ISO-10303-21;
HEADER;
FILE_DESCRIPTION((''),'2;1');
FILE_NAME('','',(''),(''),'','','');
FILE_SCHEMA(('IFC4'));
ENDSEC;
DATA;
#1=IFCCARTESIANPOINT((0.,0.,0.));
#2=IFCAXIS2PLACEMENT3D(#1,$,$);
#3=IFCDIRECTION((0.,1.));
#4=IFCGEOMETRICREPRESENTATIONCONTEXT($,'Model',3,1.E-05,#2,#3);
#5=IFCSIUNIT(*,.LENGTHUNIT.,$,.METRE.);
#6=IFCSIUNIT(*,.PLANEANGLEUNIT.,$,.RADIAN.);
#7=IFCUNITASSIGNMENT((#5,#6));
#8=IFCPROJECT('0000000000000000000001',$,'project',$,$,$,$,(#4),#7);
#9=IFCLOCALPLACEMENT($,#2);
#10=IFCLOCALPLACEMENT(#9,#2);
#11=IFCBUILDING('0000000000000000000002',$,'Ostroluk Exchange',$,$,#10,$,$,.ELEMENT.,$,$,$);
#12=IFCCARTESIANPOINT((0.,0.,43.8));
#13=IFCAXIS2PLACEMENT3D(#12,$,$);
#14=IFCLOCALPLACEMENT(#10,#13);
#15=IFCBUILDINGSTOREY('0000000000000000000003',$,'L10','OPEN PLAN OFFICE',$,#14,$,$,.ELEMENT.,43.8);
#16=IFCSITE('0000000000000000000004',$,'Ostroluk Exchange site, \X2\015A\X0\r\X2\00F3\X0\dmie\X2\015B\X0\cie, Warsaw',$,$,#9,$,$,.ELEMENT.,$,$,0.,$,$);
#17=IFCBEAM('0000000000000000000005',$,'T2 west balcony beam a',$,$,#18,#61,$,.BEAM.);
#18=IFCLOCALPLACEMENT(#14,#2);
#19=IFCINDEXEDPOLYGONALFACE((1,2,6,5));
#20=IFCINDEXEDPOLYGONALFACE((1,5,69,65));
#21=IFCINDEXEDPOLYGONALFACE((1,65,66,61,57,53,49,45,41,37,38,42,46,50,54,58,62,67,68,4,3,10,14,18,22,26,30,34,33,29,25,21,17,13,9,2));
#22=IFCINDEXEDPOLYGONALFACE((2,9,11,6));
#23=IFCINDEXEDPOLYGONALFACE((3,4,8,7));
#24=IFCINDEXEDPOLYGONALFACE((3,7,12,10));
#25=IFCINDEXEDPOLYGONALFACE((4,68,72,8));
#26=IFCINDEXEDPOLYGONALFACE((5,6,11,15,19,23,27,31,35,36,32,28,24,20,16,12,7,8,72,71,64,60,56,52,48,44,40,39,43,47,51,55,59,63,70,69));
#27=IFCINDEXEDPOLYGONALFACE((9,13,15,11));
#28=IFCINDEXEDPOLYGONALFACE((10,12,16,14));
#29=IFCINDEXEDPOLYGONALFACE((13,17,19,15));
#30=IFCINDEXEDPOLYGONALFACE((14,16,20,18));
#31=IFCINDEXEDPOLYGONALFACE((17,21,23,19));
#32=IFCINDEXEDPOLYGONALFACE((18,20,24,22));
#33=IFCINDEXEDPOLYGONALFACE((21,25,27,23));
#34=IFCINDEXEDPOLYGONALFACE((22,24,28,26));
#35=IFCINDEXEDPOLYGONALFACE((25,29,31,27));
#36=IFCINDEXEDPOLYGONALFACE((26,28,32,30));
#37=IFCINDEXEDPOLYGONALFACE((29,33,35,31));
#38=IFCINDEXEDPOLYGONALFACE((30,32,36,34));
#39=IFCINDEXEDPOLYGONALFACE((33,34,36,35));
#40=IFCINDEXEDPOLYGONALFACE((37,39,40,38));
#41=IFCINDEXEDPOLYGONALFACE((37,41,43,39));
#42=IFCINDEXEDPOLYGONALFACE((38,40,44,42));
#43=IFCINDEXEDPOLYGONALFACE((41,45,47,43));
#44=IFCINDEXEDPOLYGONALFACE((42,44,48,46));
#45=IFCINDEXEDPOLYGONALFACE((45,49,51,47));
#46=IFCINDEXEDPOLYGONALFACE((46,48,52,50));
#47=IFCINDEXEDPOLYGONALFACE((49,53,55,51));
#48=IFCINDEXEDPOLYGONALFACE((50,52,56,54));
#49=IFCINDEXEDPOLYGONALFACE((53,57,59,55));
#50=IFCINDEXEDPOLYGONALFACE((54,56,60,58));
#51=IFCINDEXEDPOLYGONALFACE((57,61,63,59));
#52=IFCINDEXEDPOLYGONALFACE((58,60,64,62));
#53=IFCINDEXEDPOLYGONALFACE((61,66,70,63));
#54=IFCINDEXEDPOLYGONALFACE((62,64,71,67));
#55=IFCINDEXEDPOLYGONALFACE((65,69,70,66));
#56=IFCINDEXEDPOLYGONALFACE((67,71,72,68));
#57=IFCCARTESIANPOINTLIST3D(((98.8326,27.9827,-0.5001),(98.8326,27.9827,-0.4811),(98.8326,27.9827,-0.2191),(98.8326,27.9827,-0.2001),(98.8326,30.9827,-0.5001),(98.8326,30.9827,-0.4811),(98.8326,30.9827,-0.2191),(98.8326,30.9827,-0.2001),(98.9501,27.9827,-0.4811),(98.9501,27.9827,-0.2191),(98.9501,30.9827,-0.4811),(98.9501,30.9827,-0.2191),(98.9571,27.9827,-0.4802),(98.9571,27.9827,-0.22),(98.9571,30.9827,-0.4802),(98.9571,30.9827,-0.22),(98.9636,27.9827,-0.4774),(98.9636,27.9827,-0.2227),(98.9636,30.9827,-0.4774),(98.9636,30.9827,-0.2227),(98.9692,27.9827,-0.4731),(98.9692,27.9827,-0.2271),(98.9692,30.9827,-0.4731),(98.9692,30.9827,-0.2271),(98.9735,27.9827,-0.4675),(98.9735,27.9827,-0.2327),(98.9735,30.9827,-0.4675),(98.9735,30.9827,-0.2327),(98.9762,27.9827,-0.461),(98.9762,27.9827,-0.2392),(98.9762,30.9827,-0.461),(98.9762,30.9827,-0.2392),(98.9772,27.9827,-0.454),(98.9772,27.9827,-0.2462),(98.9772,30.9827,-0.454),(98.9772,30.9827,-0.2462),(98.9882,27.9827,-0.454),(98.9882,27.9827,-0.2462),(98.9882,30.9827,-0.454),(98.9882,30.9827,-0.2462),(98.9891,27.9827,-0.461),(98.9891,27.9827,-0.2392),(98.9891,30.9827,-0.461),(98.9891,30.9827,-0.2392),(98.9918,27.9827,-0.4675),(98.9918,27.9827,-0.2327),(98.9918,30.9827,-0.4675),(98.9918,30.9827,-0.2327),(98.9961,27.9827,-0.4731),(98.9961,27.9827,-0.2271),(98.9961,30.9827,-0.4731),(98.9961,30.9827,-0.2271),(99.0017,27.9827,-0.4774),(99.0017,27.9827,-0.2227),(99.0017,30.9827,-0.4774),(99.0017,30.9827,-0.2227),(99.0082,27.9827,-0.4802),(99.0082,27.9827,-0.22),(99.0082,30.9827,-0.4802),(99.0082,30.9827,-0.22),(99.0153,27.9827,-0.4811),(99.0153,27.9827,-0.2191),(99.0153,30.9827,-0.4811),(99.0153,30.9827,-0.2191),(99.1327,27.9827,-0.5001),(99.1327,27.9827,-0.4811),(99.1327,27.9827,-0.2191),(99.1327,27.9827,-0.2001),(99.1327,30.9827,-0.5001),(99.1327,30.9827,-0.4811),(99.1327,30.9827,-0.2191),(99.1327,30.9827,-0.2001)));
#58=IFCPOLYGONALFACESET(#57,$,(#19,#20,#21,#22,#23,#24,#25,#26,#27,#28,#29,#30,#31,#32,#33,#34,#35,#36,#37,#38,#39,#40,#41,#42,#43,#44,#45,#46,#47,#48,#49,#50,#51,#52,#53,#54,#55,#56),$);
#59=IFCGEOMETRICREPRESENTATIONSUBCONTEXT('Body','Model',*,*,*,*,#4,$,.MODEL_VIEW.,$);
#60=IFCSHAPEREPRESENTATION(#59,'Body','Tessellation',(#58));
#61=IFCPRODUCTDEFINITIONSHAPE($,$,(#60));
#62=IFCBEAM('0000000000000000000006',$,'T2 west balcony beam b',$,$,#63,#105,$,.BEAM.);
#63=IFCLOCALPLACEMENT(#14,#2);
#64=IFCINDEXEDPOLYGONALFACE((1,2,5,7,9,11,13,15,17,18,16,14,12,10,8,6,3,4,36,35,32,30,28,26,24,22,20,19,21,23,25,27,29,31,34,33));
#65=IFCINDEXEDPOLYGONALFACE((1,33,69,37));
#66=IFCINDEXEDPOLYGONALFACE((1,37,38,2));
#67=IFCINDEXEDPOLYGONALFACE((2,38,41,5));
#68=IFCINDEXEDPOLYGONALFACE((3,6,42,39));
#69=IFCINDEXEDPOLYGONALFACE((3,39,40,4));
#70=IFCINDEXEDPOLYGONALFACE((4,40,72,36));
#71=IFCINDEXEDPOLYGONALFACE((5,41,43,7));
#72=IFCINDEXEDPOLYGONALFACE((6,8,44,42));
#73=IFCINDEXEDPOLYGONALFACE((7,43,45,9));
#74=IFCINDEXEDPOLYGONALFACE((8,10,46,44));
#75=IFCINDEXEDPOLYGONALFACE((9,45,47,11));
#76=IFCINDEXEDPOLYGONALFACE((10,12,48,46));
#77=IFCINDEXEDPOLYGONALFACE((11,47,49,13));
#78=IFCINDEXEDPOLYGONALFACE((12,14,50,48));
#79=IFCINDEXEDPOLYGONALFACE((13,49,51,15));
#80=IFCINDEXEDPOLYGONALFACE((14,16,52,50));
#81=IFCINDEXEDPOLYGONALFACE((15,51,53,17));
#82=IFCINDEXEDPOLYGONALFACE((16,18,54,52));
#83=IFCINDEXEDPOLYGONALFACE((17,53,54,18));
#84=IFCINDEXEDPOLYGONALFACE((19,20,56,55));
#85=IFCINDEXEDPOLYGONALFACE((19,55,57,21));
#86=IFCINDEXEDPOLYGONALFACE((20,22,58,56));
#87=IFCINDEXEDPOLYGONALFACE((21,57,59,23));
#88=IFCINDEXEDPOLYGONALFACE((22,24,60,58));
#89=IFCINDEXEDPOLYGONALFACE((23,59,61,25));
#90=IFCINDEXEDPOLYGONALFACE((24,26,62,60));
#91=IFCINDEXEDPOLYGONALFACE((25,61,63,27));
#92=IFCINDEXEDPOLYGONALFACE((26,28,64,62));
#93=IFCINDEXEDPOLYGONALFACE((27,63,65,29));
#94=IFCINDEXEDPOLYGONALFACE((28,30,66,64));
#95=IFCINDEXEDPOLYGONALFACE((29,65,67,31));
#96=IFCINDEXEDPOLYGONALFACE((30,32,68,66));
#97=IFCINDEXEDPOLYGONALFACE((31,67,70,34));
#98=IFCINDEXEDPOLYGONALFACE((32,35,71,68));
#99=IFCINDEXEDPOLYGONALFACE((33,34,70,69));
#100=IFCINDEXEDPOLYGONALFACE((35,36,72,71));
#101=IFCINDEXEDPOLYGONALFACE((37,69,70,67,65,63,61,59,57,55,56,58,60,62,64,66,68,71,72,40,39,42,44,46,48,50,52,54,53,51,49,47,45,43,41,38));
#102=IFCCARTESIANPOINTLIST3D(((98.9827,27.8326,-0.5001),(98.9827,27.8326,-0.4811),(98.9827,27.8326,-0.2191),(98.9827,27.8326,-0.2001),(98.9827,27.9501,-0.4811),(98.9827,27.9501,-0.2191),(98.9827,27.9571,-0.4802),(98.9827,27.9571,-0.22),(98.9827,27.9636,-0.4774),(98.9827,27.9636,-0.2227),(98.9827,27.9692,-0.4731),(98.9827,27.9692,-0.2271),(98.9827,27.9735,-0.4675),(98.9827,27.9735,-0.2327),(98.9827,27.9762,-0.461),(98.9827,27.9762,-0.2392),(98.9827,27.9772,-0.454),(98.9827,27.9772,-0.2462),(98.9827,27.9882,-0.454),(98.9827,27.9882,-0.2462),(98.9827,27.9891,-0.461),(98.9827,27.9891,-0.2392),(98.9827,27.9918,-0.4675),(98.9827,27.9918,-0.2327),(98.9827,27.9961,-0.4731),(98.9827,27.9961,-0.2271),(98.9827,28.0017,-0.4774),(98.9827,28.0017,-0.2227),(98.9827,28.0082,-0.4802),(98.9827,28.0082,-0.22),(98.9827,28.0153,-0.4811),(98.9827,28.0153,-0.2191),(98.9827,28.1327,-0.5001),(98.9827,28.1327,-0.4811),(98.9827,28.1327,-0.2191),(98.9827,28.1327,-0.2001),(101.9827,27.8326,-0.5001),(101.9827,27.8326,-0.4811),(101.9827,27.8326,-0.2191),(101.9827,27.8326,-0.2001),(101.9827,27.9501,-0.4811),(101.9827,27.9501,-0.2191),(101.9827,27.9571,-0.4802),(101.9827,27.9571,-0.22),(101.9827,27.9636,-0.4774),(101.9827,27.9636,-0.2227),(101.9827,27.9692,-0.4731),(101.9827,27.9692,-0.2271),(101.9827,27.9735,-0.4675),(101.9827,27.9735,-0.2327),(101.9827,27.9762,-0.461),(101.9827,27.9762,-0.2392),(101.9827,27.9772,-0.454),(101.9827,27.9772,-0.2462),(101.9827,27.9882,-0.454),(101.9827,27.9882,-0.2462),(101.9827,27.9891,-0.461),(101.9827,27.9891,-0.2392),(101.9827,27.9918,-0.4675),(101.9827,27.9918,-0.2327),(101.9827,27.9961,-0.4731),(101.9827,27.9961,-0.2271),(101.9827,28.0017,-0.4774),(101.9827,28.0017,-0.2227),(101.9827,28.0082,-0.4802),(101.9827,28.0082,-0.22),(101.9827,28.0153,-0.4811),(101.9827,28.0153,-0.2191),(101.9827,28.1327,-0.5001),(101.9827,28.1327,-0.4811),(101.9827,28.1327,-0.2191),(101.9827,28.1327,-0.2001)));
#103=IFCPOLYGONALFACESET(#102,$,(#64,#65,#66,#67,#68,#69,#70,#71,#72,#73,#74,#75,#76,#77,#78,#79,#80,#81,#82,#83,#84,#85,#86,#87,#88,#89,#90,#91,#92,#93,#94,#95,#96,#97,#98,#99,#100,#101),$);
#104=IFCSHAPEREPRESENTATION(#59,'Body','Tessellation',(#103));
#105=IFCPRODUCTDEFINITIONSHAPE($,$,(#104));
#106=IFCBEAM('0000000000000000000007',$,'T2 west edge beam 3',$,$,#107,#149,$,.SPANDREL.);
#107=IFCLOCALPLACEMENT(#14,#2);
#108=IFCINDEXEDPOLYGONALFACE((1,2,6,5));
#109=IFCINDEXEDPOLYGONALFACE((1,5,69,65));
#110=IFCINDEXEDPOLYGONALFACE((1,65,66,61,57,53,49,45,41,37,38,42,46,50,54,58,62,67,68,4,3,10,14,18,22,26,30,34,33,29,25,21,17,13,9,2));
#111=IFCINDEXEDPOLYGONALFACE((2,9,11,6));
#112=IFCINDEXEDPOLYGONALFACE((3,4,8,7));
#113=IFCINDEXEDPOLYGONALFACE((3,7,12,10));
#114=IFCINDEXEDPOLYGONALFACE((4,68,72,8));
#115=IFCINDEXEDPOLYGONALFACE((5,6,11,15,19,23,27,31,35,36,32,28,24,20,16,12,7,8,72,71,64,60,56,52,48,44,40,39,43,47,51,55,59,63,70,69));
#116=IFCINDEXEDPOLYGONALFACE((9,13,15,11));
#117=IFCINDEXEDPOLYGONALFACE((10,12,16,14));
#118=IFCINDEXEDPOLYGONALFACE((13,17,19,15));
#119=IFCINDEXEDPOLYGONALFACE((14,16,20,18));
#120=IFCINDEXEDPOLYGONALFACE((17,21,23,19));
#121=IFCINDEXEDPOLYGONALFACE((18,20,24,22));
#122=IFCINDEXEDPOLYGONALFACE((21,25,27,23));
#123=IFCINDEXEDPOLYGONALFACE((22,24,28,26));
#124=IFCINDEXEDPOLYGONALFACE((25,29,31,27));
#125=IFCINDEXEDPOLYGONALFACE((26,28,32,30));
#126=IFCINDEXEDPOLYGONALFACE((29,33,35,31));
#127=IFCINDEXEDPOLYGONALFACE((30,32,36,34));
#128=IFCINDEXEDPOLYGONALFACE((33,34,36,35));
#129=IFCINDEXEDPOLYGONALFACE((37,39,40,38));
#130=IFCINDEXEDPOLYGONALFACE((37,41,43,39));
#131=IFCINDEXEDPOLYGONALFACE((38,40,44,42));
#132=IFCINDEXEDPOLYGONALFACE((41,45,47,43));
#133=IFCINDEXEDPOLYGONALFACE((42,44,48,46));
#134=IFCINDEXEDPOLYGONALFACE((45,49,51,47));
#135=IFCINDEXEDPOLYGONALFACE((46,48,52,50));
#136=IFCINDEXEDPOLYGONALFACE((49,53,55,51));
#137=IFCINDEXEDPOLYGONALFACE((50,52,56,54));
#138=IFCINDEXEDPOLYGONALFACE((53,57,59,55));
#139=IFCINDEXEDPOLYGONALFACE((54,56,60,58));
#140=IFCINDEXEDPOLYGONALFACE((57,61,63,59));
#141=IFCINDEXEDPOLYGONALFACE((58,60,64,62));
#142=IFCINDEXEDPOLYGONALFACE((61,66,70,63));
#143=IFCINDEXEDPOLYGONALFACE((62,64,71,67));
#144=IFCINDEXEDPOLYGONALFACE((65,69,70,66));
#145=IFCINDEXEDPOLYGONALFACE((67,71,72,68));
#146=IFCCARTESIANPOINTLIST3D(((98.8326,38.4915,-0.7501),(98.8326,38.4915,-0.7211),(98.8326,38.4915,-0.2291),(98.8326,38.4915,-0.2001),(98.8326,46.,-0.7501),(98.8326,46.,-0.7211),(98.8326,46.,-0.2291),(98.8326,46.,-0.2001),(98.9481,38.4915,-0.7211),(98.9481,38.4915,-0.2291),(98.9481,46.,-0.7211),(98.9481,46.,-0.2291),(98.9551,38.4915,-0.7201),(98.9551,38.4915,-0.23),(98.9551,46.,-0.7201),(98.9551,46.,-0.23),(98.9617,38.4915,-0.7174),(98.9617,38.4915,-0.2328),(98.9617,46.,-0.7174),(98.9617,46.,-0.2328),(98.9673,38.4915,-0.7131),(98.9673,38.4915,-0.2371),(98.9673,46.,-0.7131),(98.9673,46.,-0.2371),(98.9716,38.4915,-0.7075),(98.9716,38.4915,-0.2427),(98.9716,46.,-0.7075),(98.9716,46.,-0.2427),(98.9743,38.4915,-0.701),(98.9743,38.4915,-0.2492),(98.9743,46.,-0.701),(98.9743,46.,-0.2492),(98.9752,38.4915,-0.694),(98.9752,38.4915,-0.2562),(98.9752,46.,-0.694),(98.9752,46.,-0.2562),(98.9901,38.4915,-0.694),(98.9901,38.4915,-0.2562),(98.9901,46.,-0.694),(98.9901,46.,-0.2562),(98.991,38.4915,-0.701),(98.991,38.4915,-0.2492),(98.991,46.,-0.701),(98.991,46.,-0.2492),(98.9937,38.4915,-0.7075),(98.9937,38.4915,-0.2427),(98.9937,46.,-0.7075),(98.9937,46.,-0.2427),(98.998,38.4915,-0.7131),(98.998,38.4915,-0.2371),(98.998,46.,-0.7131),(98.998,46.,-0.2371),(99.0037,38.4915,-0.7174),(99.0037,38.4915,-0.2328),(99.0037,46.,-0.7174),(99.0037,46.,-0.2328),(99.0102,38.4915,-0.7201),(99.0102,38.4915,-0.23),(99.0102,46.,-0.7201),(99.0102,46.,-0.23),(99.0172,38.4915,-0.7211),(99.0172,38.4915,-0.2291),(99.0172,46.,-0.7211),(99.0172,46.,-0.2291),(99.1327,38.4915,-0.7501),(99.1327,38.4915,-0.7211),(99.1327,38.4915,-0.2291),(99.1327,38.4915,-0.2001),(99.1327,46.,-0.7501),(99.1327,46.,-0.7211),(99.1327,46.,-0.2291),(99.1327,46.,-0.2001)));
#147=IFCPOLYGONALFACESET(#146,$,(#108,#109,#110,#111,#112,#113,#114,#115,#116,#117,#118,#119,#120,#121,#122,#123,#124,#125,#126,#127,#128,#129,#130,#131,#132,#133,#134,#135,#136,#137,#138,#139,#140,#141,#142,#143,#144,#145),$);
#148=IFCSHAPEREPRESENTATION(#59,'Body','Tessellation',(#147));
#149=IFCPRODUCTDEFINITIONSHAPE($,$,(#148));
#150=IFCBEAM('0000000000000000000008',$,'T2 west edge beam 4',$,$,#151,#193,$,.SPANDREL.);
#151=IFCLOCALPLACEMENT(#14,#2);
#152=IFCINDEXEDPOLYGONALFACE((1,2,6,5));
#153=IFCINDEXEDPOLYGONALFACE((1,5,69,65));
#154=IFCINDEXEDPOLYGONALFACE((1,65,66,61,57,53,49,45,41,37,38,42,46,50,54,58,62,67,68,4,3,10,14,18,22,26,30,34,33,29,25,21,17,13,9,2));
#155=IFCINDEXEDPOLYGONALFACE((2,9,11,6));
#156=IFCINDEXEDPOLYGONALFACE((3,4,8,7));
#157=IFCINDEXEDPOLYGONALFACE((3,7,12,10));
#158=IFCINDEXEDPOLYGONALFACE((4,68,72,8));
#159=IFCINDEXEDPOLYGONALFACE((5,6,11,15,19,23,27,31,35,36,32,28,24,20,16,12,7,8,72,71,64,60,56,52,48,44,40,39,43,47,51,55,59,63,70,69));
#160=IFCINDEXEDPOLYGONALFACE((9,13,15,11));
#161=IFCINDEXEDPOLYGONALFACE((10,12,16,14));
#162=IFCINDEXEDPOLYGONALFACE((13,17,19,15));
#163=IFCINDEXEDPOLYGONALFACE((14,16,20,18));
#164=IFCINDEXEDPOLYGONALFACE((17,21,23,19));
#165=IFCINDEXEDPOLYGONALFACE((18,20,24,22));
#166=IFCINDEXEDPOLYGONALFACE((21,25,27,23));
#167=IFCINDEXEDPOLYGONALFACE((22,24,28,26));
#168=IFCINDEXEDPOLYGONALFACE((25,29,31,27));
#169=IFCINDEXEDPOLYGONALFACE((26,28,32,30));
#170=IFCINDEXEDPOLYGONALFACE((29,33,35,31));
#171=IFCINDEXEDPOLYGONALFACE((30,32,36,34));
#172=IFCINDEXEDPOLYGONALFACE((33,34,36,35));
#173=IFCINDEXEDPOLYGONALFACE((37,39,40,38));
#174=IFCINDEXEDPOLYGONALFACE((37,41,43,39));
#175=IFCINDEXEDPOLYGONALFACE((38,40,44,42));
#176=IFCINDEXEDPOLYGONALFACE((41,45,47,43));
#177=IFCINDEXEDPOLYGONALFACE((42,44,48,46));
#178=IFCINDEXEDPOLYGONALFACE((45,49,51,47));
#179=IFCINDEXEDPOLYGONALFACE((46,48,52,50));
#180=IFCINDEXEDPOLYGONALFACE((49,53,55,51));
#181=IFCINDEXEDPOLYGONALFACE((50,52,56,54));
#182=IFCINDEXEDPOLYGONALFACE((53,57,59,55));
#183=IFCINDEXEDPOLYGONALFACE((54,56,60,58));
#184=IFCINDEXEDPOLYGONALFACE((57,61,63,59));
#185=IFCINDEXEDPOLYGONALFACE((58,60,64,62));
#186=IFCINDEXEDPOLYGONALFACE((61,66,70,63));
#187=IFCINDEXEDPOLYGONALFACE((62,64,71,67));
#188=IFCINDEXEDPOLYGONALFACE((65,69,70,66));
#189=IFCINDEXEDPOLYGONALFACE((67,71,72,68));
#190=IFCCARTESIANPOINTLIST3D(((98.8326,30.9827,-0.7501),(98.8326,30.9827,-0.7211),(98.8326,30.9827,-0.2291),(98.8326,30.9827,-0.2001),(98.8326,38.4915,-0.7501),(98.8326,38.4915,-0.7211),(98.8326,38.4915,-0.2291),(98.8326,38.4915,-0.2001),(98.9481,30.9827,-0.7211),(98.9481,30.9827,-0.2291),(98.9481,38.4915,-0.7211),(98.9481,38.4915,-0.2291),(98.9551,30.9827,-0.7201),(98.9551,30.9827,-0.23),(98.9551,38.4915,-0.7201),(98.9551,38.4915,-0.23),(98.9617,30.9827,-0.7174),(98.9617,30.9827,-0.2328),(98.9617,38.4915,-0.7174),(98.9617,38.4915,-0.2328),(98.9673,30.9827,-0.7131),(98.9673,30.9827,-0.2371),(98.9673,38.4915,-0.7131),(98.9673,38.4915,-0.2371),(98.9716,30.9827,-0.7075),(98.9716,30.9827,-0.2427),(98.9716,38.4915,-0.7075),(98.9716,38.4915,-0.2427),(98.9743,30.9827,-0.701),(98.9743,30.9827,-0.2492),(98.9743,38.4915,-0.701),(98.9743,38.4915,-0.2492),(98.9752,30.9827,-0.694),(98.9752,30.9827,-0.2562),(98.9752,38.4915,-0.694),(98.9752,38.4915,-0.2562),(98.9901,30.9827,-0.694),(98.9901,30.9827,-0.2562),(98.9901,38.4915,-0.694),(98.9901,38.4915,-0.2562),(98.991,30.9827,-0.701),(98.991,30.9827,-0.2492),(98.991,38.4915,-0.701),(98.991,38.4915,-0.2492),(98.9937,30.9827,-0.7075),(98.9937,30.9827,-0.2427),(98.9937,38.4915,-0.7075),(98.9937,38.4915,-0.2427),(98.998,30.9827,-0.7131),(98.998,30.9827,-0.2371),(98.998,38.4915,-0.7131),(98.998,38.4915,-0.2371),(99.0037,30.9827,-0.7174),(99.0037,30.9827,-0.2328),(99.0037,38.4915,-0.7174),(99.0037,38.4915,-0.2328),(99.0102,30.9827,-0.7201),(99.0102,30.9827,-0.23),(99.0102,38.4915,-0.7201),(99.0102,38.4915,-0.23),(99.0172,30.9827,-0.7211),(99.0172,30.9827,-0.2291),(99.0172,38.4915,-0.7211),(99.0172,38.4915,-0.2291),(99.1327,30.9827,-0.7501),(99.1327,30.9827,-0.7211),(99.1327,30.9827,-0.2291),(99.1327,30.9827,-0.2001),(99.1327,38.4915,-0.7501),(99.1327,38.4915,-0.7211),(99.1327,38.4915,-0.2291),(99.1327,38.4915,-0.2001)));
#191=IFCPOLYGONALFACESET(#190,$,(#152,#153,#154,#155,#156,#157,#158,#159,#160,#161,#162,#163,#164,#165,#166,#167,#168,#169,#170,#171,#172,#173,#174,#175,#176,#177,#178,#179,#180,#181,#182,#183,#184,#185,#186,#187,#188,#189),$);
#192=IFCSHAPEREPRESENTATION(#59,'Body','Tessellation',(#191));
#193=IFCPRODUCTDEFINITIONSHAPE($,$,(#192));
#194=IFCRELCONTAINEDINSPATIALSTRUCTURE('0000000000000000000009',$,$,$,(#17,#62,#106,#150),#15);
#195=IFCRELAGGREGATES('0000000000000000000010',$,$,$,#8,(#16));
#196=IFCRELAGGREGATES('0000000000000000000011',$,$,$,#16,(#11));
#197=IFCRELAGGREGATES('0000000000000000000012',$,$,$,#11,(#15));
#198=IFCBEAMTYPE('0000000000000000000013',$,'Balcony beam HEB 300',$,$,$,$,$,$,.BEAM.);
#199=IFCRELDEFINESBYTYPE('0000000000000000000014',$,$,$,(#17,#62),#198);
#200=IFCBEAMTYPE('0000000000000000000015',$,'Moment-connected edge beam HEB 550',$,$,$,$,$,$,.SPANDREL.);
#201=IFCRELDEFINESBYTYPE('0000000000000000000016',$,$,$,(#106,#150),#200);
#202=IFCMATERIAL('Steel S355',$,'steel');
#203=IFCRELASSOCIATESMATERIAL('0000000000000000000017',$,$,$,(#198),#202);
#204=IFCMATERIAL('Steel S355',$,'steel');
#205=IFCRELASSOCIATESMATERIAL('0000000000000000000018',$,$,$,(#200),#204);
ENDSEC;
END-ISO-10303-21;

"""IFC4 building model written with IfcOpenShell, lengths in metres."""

from ifc_helpers import new_model, si_unit, direction, frame, origin, origin_2d, place, context, subcontext, project, spatial, i_section, extrude, material, material_profile, profile_set, type_object, element, save


model = new_model("IFC4")

# Units and contexts
model_context = context("Model", 3, precision=1e-05, world=origin(), true_north=direction((0.0, 1.0)))
body_context = subcontext(model_context, "Body", "Model", "MODEL_VIEW")
ifc_project = project(units=[si_unit("LENGTHUNIT", "METRE"), si_unit("PLANEANGLEUNIT", "RADIAN")], contexts=[model_context])

# Site, building, storey
site_placement = place(None, origin())
site = spatial("IfcSite", under=ifc_project, at=site_placement, Name="Ostroluk Exchange site, Śródmieście, Warsaw", CompositionType="ELEMENT", RefElevation=0.0)
building_placement = place(site_placement, origin())
building = spatial("IfcBuilding", under=site, at=building_placement, Name="Ostroluk Exchange", CompositionType="ELEMENT")
storey_placement = place(building_placement, frame((0.0, 0.0, 43.8)))
storey = spatial("IfcBuildingStorey", under=building, at=storey_placement, Name="L10", Description="OPEN PLAN OFFICE", CompositionType="ELEMENT", Elevation=43.8)

# Beams
ifc_material_1 = material(Name="Steel S355", Category="steel")
ifc_material_profile_1 = material_profile(ifc_material_1, i_section(OverallWidth=0.3, OverallDepth=0.3, WebThickness=0.011, FlangeThickness=0.019, FilletRadius=0.0271, at=origin_2d()), Name="HEB 300")
ifc_profile_set_1 = profile_set([ifc_material_profile_1], Name="Steel S355")
beam_type_1 = type_object("IfcBeamType", Name="Balcony beam HEB 300", PredefinedType="BEAM", material=ifc_profile_set_1)
for number, where, z_axis, x_axis, name in (
    (1, (98.9827, 30.9827, -0.3501), (0.0, -1.0, 0.0), (1.0, 0.0, 0.0), "T2 west balcony beam a"),
    (2, (101.9827, 27.9827, -0.3501), (-1.0, 0.0, 0.0), (0.0, -1.0, 0.0), "T2 west balcony beam b"),
):
    element("IfcBeam", number, at=place(storey_placement, frame(where, z_axis=z_axis, x_axis=x_axis)), inside=storey, type_object=beam_type_1, Name=name, PredefinedType="BEAM", context=body_context, shape_type="SweptSolid", body=[
        extrude(i_section(OverallWidth=0.3, OverallDepth=0.3, WebThickness=0.011, FlangeThickness=0.019, FilletRadius=0.0271, at=origin_2d()), origin(), (0.0, 0.0, 1.0), 3.0),
    ])
ifc_material_2 = material(Name="Steel S355", Category="steel")
ifc_material_profile_2 = material_profile(ifc_material_2, i_section(OverallWidth=0.3, OverallDepth=0.55, WebThickness=0.0149, FlangeThickness=0.0291, FilletRadius=0.0271, at=origin_2d()), Name="HEB 550")
ifc_profile_set_2 = profile_set([ifc_material_profile_2], Name="Steel S355")
beam_type_2 = type_object("IfcBeamType", Name="Moment-connected edge beam HEB 550", PredefinedType="SPANDREL", material=ifc_profile_set_2)
beam_1_placement = place(storey_placement, frame((98.9827, 46.0, -0.4751), z_axis=(0.0, -1.0, 0.0), x_axis=(1.0, 0.0, 0.0)))
element("IfcBeam", 3, at=beam_1_placement, inside=storey, type_object=beam_type_2, Name="T2 west edge beam 3", PredefinedType="SPANDREL", context=body_context, shape_type="SweptSolid", body=[
    extrude(i_section(OverallWidth=0.3, OverallDepth=0.55, WebThickness=0.0149, FlangeThickness=0.0291, FilletRadius=0.0271, at=origin_2d()), origin(), (0.0, 0.0, 1.0), 7.5085),
])
beam_2_placement = place(storey_placement, frame((98.9827, 38.4915, -0.4751), z_axis=(0.0, -1.0, 0.0), x_axis=(1.0, 0.0, 0.0)))
element("IfcBeam", 4, at=beam_2_placement, inside=storey, type_object=beam_type_2, Name="T2 west edge beam 4", PredefinedType="SPANDREL", context=body_context, shape_type="SweptSolid", body=[
    extrude(i_section(OverallWidth=0.3, OverallDepth=0.55, WebThickness=0.0149, FlangeThickness=0.0291, FilletRadius=0.0271, at=origin_2d()), origin(), (0.0, 0.0, 1.0), 7.5088),
])

save(model, "model.ifc")
